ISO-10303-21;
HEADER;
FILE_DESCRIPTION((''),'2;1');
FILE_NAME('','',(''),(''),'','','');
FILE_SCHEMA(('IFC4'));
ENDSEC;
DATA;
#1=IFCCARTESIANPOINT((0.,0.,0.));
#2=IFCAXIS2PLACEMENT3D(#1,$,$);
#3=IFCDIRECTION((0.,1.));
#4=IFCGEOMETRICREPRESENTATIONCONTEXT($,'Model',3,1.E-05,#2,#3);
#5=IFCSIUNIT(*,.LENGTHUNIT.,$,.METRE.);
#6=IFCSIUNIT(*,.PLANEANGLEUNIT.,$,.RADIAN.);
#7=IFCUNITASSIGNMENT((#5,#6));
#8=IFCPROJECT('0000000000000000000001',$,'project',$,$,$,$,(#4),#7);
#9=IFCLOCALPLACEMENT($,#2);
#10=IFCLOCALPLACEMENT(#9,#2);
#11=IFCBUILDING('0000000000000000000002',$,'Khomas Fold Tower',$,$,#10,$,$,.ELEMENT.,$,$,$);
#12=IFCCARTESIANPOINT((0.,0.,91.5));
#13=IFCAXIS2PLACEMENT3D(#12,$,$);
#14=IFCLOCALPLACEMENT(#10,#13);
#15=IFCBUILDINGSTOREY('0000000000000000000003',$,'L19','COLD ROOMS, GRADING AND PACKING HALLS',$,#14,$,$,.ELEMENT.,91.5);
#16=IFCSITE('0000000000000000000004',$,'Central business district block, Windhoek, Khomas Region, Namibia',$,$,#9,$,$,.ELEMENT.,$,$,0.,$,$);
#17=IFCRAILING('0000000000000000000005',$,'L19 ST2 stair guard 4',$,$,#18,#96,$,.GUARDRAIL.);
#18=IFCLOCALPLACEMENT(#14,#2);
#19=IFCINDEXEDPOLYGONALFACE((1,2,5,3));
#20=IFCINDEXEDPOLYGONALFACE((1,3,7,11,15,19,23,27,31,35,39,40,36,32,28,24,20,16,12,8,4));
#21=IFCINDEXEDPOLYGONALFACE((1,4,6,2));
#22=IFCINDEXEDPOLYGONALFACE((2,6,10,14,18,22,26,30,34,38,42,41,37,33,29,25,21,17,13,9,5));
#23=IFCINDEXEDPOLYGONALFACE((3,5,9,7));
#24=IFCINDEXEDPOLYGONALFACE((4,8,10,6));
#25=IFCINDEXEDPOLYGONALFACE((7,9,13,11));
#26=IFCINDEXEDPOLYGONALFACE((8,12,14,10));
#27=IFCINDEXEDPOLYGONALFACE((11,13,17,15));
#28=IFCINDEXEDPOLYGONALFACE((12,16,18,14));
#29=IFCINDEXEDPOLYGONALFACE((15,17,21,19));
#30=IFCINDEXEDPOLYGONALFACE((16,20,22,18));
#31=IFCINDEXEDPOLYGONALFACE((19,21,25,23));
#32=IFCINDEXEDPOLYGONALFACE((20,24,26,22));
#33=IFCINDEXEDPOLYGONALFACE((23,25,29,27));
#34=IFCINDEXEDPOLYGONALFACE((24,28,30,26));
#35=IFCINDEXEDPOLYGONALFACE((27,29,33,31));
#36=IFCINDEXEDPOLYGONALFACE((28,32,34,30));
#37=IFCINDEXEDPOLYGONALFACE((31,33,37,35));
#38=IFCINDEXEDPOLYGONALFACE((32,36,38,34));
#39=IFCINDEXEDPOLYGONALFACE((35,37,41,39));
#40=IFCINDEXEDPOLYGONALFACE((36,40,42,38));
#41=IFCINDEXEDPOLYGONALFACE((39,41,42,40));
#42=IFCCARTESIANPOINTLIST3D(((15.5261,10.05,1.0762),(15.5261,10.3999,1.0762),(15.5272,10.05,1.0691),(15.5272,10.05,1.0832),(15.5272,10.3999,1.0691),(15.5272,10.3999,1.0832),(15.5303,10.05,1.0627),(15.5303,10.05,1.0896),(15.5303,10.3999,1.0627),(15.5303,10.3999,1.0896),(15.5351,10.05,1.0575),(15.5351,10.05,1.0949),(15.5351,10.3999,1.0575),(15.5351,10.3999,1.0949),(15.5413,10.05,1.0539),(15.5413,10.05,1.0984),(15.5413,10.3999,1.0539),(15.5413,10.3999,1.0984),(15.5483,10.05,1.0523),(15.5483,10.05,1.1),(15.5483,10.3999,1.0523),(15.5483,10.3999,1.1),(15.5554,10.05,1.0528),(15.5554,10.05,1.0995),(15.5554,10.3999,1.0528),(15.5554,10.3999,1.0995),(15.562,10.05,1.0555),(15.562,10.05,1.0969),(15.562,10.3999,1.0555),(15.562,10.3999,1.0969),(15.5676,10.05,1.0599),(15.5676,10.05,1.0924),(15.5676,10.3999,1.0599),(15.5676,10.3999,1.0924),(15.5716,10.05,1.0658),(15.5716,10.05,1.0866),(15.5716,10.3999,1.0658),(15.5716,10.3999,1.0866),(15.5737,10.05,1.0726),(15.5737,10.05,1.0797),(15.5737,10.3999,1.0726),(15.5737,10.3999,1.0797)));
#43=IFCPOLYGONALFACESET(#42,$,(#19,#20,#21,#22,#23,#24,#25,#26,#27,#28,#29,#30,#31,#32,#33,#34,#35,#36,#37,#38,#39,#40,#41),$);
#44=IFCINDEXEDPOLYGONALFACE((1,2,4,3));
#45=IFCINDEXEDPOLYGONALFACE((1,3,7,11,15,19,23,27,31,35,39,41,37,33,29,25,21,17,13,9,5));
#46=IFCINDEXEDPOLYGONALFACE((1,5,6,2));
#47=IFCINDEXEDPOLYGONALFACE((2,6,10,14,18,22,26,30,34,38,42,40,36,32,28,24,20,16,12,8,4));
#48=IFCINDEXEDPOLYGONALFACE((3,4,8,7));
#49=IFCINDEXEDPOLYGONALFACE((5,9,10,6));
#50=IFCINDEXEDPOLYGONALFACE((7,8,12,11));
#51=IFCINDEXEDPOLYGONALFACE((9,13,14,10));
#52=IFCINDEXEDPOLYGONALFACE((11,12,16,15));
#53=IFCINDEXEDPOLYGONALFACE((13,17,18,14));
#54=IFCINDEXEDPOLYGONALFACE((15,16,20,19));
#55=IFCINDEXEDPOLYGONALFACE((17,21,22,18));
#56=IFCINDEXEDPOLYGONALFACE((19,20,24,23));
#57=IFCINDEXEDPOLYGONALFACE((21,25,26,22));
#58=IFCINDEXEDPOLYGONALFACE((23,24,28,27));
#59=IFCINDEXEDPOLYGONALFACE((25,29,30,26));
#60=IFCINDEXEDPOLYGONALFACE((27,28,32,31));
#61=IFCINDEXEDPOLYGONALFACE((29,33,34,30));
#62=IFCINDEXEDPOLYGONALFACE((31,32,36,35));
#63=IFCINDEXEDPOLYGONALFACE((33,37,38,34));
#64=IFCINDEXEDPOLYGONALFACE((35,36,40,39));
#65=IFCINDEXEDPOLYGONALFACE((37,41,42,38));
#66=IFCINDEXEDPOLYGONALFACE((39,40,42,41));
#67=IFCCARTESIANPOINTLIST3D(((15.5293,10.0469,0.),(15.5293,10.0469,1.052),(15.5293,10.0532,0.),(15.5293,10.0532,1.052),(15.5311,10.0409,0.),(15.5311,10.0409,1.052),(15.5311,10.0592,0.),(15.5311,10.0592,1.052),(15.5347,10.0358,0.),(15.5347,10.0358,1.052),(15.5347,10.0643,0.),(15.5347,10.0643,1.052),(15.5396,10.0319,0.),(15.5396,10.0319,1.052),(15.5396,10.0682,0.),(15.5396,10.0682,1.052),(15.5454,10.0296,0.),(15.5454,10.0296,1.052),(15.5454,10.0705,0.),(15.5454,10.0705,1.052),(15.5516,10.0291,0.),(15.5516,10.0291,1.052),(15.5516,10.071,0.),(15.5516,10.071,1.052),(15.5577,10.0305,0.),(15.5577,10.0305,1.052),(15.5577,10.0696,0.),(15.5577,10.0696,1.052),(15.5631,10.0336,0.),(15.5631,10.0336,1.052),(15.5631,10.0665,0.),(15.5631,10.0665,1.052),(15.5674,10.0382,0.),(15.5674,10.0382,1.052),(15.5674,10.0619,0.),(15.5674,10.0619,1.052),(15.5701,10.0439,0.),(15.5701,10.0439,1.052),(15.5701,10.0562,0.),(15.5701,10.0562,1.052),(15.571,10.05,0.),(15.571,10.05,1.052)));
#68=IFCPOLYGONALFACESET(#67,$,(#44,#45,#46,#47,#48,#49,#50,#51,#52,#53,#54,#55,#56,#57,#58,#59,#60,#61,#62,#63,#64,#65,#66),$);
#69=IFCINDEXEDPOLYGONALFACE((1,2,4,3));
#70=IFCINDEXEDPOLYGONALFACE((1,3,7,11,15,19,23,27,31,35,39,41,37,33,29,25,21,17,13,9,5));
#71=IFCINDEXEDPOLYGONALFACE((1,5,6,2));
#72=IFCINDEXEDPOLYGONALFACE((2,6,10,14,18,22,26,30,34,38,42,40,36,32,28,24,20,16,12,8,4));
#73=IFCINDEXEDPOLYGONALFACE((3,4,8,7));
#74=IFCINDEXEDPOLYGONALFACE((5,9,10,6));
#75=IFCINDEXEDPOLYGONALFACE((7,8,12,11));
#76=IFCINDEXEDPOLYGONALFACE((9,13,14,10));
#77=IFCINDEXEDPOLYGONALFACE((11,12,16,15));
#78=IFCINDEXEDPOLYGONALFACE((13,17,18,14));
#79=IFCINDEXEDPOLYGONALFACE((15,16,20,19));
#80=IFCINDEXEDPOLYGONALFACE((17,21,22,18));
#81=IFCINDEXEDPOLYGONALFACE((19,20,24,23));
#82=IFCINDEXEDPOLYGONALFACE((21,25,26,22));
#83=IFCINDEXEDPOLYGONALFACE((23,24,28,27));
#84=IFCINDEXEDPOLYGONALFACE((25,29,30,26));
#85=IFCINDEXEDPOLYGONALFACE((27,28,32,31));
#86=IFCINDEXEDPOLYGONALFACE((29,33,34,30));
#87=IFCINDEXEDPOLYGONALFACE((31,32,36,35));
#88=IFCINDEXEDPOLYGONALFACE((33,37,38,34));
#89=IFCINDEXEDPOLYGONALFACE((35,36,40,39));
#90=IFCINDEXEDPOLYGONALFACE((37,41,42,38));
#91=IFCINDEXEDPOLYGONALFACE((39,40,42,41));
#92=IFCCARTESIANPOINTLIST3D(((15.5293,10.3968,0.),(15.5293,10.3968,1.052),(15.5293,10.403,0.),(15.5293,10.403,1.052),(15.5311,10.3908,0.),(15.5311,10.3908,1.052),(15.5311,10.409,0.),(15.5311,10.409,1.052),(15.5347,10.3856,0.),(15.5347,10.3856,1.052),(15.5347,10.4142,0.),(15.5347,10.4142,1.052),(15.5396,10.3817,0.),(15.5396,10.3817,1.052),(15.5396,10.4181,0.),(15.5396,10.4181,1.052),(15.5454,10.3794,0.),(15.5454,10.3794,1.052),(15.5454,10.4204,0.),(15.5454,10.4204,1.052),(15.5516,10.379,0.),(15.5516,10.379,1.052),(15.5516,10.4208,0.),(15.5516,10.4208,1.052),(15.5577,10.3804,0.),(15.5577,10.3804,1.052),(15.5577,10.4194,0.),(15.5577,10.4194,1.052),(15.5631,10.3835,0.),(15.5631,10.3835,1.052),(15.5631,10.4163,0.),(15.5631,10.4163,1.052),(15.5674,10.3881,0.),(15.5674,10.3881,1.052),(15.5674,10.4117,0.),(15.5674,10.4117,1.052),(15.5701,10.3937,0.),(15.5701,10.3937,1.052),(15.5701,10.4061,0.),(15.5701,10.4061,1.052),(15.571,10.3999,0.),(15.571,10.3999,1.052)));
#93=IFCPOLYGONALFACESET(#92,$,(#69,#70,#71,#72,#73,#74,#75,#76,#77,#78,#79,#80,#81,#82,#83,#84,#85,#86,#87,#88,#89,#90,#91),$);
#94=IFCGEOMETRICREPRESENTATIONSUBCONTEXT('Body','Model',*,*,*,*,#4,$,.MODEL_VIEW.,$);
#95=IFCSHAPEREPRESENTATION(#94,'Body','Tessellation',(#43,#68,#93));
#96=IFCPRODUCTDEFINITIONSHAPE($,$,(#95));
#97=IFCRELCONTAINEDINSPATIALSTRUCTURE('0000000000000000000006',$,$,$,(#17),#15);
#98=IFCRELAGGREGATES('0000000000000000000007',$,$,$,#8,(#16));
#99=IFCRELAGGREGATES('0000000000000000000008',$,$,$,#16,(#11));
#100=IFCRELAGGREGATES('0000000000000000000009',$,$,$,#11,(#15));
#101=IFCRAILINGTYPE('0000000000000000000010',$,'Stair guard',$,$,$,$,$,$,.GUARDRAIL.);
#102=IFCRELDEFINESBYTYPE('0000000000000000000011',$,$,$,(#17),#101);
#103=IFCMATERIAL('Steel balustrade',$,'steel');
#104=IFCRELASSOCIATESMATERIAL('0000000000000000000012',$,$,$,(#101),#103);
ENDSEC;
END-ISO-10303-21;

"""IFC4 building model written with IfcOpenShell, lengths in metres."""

from ifc_helpers import new_model, si_unit, direction, frame, origin, origin_2d, place, context, subcontext, project, spatial, circle, extrude, source, transform, mapped, material, type_object, element, save


model = new_model("IFC4")

# Units and contexts
model_context = context("Model", 3, precision=1e-05, world=origin(), true_north=direction((0.0, 1.0)))
body_context = subcontext(model_context, "Body", "Model", "MODEL_VIEW")
ifc_project = project(units=[si_unit("LENGTHUNIT", "METRE"), si_unit("PLANEANGLEUNIT", "RADIAN")], contexts=[model_context])

# Site, building, storey
site_placement = place(None, origin())
site = spatial("IfcSite", under=ifc_project, at=site_placement, Name="Central business district block, Windhoek, Khomas Region, Namibia", CompositionType="ELEMENT", RefElevation=0.0)
building_placement = place(site_placement, origin())
building = spatial("IfcBuilding", under=site, at=building_placement, Name="Khomas Fold Tower", CompositionType="ELEMENT")
storey_placement = place(building_placement, frame((0.0, 0.0, 91.5)))
storey = spatial("IfcBuildingStorey", under=building, at=storey_placement, Name="L19", Description="COLD ROOMS, GRADING AND PACKING HALLS", CompositionType="ELEMENT", Elevation=91.5)

# Railing
ifc_material_1 = material(Name="Steel balustrade", Category="steel")
railing_type_1 = type_object("IfcRailingType", Name="Stair guard", PredefinedType="GUARDRAIL", material=ifc_material_1)
shared_shape_1 = source(origin(), body_context, "Body", "SweptSolid", [
    extrude(circle(Radius=0.0239, at=origin_2d()), frame((0.0, 0.0, 1.0762), z_axis=(0.0, 1.0, 0.0), x_axis=(-1.0, 0.0, 0.0)), (0.0, 0.0, 1.0), 0.3499),
    extrude(circle(Radius=0.021, at=origin_2d()), origin(), (0.0, 0.0, 1.0), 1.052),
    extrude(circle(Radius=0.021, at=origin_2d()), frame((0.0, 0.3499, 0.0)), (0.0, 0.0, 1.0), 1.052),
])
railing_1_placement = place(storey_placement, frame((15.55, 10.05, 0.0)))
element("IfcRailing", 1, at=railing_1_placement, inside=storey, type_object=railing_type_1, Name="L19 ST2 stair guard 4", PredefinedType="GUARDRAIL", context=body_context, shape_type="MappedRepresentation", body=[
    mapped(shared_shape_1, transform((0.0, 0.0, 0.0))),
])

save(model, "model.ifc")
